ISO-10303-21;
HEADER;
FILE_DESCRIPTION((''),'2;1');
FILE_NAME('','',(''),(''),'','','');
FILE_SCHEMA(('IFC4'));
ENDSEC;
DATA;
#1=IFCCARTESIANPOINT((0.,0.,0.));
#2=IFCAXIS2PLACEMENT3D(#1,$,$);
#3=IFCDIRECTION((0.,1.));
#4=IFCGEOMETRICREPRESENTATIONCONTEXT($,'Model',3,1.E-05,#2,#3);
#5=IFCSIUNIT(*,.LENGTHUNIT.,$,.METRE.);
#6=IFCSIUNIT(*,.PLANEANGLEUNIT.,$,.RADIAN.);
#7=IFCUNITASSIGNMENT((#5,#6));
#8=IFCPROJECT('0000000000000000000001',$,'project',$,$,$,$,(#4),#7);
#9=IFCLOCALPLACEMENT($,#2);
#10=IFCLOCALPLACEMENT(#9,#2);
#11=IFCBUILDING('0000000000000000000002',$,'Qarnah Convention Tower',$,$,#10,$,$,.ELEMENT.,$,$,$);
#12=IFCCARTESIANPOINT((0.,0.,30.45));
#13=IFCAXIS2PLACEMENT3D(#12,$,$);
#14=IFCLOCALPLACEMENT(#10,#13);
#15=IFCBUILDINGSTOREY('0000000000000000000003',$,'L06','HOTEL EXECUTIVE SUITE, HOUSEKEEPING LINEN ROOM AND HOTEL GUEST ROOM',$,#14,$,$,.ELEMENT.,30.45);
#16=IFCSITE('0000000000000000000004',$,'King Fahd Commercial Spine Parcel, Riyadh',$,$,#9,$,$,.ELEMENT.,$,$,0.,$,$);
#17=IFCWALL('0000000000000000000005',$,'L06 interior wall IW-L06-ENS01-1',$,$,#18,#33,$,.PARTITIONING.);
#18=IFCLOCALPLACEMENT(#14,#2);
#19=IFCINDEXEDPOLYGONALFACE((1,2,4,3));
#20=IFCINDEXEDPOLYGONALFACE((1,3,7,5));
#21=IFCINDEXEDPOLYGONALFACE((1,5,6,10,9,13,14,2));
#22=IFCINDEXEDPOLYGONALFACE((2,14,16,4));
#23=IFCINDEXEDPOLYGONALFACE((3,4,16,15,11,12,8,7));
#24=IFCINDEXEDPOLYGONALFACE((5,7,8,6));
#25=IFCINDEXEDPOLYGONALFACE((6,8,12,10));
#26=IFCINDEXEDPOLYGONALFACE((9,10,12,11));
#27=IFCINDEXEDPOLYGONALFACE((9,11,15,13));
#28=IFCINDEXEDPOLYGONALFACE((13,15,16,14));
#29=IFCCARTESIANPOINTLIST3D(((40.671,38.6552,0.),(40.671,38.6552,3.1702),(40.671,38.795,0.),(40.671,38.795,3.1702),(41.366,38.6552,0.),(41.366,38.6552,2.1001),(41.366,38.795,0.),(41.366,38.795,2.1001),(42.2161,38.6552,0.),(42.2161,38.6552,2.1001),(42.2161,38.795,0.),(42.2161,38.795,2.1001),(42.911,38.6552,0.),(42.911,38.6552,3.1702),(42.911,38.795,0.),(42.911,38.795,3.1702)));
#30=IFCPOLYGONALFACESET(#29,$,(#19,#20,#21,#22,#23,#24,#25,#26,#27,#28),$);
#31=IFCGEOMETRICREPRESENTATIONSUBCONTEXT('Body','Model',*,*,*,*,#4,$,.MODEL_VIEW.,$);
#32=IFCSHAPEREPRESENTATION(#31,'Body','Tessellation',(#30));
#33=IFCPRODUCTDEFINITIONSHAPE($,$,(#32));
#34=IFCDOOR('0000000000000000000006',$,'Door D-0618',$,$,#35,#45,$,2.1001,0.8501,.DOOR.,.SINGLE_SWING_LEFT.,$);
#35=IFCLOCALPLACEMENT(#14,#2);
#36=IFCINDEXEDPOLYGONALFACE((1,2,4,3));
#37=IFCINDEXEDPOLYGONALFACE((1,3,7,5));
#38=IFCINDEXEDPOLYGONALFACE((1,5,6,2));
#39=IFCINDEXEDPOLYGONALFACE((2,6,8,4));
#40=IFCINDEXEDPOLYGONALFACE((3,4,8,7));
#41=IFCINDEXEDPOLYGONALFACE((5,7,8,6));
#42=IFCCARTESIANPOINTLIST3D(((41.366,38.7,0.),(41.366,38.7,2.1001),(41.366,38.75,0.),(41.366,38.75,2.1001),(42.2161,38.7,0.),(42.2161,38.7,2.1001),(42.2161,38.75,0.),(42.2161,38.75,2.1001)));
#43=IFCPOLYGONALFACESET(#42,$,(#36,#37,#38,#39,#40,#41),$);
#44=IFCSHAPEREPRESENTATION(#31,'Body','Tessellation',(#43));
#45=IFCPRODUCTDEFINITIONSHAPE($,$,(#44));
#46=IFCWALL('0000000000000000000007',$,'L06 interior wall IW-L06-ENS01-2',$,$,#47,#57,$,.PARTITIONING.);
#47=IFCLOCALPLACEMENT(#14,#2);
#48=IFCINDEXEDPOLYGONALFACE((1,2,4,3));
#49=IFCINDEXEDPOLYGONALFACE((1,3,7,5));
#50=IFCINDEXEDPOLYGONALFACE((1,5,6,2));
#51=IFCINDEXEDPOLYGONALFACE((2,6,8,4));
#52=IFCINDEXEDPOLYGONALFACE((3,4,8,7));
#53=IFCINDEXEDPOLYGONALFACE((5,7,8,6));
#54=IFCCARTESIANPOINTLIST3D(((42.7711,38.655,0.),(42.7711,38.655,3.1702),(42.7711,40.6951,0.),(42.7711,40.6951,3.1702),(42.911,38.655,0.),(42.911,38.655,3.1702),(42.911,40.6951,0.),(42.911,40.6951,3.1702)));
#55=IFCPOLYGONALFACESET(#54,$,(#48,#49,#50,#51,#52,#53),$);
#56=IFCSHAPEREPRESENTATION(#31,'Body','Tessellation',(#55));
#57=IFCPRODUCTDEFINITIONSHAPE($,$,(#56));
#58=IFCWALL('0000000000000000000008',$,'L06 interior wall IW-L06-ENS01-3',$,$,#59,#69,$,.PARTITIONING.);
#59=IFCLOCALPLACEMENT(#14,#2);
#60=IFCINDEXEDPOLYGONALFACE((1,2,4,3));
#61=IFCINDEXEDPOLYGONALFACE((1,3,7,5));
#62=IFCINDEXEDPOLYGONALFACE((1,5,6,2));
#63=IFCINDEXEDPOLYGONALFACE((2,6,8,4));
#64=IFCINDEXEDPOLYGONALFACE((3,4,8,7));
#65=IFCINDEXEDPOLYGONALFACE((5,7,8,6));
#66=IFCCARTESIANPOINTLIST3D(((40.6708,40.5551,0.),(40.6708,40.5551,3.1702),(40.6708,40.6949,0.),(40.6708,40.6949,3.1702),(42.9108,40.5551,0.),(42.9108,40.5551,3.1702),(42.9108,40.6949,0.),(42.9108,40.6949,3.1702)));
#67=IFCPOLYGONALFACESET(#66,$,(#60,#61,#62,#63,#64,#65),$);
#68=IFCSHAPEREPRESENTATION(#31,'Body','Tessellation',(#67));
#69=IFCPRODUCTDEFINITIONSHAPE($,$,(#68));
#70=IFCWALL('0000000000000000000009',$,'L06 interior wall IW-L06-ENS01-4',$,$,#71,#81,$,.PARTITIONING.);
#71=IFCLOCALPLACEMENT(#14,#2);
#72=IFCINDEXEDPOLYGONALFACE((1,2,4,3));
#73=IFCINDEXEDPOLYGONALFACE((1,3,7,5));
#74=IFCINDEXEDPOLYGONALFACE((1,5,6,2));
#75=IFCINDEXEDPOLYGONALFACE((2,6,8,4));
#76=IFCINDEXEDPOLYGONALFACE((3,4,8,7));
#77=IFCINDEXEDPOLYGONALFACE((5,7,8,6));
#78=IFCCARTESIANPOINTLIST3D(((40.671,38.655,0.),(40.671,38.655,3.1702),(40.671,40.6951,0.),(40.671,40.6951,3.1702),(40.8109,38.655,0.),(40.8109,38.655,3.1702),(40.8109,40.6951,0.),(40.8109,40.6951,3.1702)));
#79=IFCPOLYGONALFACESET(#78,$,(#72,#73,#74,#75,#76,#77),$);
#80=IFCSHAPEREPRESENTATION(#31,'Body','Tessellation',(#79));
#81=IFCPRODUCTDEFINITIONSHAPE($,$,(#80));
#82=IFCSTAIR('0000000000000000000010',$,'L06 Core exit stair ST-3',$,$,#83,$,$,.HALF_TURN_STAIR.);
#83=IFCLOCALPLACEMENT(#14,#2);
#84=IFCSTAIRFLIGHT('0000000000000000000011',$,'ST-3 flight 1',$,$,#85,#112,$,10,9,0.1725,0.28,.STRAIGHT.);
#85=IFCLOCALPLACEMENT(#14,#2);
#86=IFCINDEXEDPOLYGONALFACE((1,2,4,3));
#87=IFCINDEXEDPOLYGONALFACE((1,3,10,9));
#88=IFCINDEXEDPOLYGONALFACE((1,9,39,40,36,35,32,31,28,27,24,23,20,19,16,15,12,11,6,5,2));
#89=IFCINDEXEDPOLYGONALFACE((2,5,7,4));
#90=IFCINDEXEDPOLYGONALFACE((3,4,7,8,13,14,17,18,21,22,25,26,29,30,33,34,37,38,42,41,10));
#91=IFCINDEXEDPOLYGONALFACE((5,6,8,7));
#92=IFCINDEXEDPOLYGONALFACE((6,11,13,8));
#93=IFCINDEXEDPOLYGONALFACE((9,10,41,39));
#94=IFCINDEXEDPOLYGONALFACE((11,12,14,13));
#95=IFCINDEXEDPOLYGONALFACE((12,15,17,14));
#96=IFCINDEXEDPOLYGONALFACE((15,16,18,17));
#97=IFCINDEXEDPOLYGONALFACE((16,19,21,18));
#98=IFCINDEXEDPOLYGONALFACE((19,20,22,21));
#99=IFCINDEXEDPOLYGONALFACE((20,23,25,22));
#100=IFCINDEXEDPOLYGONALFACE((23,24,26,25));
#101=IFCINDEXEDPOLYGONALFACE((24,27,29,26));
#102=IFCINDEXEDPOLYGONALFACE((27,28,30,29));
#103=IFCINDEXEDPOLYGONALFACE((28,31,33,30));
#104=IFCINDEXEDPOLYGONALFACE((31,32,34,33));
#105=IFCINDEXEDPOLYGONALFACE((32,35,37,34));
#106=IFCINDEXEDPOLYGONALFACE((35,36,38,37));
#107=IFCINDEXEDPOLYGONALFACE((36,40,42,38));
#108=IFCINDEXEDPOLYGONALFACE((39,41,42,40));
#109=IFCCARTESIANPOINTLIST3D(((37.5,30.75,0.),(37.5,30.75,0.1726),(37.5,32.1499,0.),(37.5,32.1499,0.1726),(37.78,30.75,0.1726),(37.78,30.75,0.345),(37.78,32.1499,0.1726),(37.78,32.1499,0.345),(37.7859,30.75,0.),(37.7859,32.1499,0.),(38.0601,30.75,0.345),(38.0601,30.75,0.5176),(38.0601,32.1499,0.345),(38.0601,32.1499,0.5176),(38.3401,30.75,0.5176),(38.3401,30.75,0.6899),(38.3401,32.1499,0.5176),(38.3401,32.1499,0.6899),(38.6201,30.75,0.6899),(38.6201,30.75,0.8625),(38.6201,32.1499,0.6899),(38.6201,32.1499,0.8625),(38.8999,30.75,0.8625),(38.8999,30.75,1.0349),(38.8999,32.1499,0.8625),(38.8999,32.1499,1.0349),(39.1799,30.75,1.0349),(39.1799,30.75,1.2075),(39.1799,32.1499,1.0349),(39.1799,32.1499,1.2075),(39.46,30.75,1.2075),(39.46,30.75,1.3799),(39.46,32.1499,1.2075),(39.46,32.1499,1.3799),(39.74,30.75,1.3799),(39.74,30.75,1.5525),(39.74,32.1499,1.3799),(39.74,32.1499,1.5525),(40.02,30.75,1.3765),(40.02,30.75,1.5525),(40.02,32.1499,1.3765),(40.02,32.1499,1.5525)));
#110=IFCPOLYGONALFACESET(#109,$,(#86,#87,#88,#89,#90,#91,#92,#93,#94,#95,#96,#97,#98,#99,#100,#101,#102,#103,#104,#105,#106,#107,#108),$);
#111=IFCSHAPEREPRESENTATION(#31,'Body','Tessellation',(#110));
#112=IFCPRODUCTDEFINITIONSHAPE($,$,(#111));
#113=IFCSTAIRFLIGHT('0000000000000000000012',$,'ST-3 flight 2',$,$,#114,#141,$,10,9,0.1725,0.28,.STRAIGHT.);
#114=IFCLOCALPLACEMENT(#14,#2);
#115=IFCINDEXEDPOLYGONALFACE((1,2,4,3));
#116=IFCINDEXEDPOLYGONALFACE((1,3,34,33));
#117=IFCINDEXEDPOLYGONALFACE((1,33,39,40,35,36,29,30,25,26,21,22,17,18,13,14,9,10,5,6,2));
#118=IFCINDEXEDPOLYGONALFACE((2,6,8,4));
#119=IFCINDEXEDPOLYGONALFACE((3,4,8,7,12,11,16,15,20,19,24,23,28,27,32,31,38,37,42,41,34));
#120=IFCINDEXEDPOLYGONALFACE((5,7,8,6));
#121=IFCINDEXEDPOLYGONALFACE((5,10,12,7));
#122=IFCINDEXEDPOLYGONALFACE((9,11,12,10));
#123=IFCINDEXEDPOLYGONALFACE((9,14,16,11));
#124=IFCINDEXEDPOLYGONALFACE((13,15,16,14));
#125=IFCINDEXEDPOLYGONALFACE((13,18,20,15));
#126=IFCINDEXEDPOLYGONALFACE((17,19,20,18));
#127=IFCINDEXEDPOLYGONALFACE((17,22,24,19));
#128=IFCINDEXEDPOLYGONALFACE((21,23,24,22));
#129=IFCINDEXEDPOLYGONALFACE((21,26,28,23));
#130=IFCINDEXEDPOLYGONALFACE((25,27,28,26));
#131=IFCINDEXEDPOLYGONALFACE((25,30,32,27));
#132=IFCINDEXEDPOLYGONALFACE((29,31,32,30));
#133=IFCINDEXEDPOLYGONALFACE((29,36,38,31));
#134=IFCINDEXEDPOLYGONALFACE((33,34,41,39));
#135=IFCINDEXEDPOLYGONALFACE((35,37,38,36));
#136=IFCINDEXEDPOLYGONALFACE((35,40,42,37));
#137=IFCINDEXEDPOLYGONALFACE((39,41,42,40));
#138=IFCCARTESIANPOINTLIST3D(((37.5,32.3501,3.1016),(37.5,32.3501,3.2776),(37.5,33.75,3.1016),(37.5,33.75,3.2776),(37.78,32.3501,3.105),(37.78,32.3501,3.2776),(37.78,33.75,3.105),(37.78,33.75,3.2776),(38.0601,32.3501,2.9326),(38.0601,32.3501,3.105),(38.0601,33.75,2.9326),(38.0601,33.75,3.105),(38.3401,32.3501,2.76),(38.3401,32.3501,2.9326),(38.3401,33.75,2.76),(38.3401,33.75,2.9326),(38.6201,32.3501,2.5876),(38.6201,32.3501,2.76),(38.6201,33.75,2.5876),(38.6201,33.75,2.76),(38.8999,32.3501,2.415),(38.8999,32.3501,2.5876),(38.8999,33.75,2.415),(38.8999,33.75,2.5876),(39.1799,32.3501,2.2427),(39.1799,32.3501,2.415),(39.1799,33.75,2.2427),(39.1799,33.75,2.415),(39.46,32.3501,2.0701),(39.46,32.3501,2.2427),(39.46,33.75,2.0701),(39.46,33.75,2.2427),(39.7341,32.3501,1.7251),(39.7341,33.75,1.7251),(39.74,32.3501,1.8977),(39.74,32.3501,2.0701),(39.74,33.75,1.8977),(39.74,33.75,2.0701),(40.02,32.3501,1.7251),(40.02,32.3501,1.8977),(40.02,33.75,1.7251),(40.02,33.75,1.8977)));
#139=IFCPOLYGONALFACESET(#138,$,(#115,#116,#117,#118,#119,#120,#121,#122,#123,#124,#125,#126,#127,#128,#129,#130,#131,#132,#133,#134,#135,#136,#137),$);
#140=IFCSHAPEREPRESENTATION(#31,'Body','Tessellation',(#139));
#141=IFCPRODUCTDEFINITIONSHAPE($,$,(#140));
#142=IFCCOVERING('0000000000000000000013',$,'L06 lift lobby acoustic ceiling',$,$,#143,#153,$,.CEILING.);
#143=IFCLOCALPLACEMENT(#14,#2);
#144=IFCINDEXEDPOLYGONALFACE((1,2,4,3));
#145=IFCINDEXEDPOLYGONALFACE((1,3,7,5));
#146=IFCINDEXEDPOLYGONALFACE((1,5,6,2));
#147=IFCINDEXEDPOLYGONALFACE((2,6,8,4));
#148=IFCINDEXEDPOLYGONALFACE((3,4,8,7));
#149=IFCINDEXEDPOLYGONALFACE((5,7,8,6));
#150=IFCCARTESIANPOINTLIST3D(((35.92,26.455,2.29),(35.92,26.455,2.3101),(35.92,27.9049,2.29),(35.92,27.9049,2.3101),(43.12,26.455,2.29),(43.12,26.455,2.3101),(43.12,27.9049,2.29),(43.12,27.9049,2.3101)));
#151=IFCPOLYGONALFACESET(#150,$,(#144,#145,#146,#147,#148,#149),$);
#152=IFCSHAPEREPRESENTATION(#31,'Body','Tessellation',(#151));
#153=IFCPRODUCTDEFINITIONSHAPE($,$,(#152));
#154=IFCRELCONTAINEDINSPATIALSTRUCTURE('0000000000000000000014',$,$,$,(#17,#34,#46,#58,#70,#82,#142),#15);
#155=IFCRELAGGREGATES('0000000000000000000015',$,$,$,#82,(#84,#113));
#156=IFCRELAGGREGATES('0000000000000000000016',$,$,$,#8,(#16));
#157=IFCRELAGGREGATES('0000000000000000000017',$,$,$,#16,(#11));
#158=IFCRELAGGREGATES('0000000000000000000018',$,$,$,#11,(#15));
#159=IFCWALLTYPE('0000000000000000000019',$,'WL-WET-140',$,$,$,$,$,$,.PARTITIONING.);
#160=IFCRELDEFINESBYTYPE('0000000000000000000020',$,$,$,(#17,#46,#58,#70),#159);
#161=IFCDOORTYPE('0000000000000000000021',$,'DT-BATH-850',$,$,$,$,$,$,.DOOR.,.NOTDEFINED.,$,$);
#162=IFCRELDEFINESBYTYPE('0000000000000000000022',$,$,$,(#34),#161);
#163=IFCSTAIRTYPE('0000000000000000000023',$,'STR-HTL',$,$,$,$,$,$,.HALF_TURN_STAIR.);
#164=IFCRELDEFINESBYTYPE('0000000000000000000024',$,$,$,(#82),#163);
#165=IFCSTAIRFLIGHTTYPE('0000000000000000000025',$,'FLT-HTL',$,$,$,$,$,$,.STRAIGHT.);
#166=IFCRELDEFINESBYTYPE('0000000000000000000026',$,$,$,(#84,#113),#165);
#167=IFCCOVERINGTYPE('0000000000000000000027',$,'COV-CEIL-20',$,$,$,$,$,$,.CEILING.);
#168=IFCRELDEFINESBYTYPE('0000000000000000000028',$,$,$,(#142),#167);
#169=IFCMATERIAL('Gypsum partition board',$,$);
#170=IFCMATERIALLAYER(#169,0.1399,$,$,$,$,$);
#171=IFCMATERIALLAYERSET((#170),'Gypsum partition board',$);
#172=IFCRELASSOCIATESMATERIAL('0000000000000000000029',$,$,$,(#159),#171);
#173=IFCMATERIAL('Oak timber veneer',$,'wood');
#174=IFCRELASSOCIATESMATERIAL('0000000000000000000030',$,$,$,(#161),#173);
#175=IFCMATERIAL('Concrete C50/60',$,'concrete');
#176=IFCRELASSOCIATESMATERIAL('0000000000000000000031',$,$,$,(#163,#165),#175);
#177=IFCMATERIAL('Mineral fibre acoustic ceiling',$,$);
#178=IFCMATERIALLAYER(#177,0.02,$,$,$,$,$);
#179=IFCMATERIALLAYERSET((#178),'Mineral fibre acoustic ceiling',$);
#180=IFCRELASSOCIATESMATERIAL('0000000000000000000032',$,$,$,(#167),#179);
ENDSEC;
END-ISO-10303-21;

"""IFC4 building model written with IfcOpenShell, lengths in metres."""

from ifc_helpers import new_model, si_unit, direction, frame, frame_2d, origin, origin_2d, place, context, subcontext, project, spatial, polyline, rectangle, outline, extrude, material, layer, layer_set, type_object, element, fill, aggregate, save


model = new_model("IFC4")

# Units and contexts
model_context = context("Model", 3, precision=1e-05, world=origin(), true_north=direction((0.0, 1.0)))
body_context = subcontext(model_context, "Body", "Model", "MODEL_VIEW")
ifc_project = project(units=[si_unit("LENGTHUNIT", "METRE"), si_unit("PLANEANGLEUNIT", "RADIAN")], contexts=[model_context])

# Site, building, storey
site_placement = place(None, origin())
site = spatial("IfcSite", under=ifc_project, at=site_placement, Name="King Fahd Commercial Spine Parcel, Riyadh", CompositionType="ELEMENT", RefElevation=0.0)
building_placement = place(site_placement, origin())
building = spatial("IfcBuilding", under=site, at=building_placement, Name="Qarnah Convention Tower", CompositionType="ELEMENT")
storey_placement = place(building_placement, frame((0.0, 0.0, 30.45)))
storey = spatial("IfcBuildingStorey", under=building, at=storey_placement, Name="L06", Description="HOTEL EXECUTIVE SUITE, HOUSEKEEPING LINEN ROOM AND HOTEL GUEST ROOM", CompositionType="ELEMENT", Elevation=30.45)

# Shared definitions
ifc_material_1 = material(Name="Gypsum partition board")

# Wall, opening, door
ifc_material_2 = material(Name="Oak timber veneer", Category="wood")
ifc_layer_1 = layer(ifc_material_1, 0.1399)
ifc_layer_set_1 = layer_set([ifc_layer_1], Name="Gypsum partition board")
wall_type_1 = type_object("IfcWallType", Name="WL-WET-140", PredefinedType="PARTITIONING", material=ifc_layer_set_1)
wall_1_placement = place(storey_placement, frame((40.6709, 38.7251, 0.0), z_axis=(0.0, 0.0, 1.0), x_axis=(1.0, 0.0, 0.0)))
wall_1 = element("IfcWall", 1, at=wall_1_placement, inside=storey, type_object=wall_type_1, Name="L06 interior wall IW-L06-ENS01-1", PredefinedType="PARTITIONING", context=body_context, shape_type="SweptSolid", body=[
    extrude(rectangle(XDim=2.24, YDim=0.1399, at=frame_2d((1.1201, 0.0))), origin(), (0.0, 0.0, 1.0), 3.1702),
])
opening_1_placement = place(wall_1_placement, frame((0.6951, 0.0, 0.0)))
opening_1 = element("IfcOpeningElement", 2, at=opening_1_placement, cuts=wall_1, PredefinedType="OPENING", context=body_context, shape_type="SweptSolid", body=[
    extrude(rectangle(XDim=0.8501, YDim=2.1001, at=frame_2d((0.425, 1.05))), frame((0.0, 0.0798, 0.0), z_axis=(0.0, -1.0, 0.0), x_axis=(1.0, 0.0, 0.0)), (0.0, 0.0, 1.0), 0.1599),
])
door_type_1 = type_object("IfcDoorType", Name="DT-BATH-850", OperationType="NOTDEFINED", PredefinedType="DOOR", material=ifc_material_2)
door_1_placement = place(opening_1_placement, origin())
door_1 = element("IfcDoor", 3, at=door_1_placement, inside=storey, type_object=door_type_1, Name="Door D-0618", OperationType="SINGLE_SWING_LEFT", OverallHeight=2.1001, OverallWidth=0.8501, PredefinedType="DOOR", context=body_context, shape_type="SweptSolid", body=[
    extrude(rectangle(XDim=0.8501, YDim=2.1001, at=frame_2d((0.425, 1.05))), frame((0.0, 0.0249, 0.0), z_axis=(0.0, -1.0, 0.0), x_axis=(1.0, 0.0, 0.0)), (0.0, 0.0, 1.0), 0.05),
])
fill(opening_1, door_1)

# Walls
wall_2_placement = place(storey_placement, frame((42.8411, 38.655, 0.0), z_axis=(0.0, 0.0, 1.0), x_axis=(0.0, 1.0, 0.0)))
element("IfcWall", 4, at=wall_2_placement, inside=storey, type_object=wall_type_1, Name="L06 interior wall IW-L06-ENS01-2", PredefinedType="PARTITIONING", context=body_context, shape_type="SweptSolid", body=[
    extrude(rectangle(XDim=2.04, YDim=0.1399, at=frame_2d((1.02, 0.0))), origin(), (0.0, 0.0, 1.0), 3.1702),
])
wall_3_placement = place(storey_placement, frame((42.9109, 40.625, 0.0), z_axis=(0.0, 0.0, 1.0), x_axis=(-1.0, 0.0, 0.0)))
element("IfcWall", 5, at=wall_3_placement, inside=storey, type_object=wall_type_1, Name="L06 interior wall IW-L06-ENS01-3", PredefinedType="PARTITIONING", context=body_context, shape_type="SweptSolid", body=[
    extrude(rectangle(XDim=2.24, YDim=0.1399, at=frame_2d((1.1201, 0.0))), origin(), (0.0, 0.0, 1.0), 3.1702),
])
wall_4_placement = place(storey_placement, frame((40.741, 40.6951, 0.0), z_axis=(0.0, 0.0, 1.0), x_axis=(0.0, -1.0, 0.0)))
element("IfcWall", 6, at=wall_4_placement, inside=storey, type_object=wall_type_1, Name="L06 interior wall IW-L06-ENS01-4", PredefinedType="PARTITIONING", context=body_context, shape_type="SweptSolid", body=[
    extrude(rectangle(XDim=2.04, YDim=0.1399, at=frame_2d((1.02, 0.0))), origin(), (0.0, 0.0, 1.0), 3.1702),
])

# Stair, stair flights
ifc_material_3 = material(Name="Concrete C50/60", Category="concrete")
stair_type = type_object("IfcStairType", Name="STR-HTL", PredefinedType="HALF_TURN_STAIR", material=ifc_material_3)
stair_placement = place(storey_placement, origin())
stair = element("IfcStair", 7, at=stair_placement, inside=storey, type_object=stair_type, Name="L06 Core exit stair ST-3", PredefinedType="HALF_TURN_STAIR")
stair_flight_type = type_object("IfcStairFlightType", Name="FLT-HTL", PredefinedType="STRAIGHT", material=ifc_material_3)
stair_flight_1_placement = place(storey_placement, frame((37.5, 31.45, 0.0), z_axis=(0.0, 0.0, 1.0), x_axis=(1.0, 0.0, 0.0)))
stair_flight_1 = element("IfcStairFlight", 8, at=stair_flight_1_placement, type_object=stair_flight_type, Name="ST-3 flight 1", NumberOfRisers=10, NumberOfTreads=9, PredefinedType="STRAIGHT", RiserHeight=0.1725, TreadLength=0.28, context=body_context, shape_type="SweptSolid", body=[
    extrude(outline(polyline([(0.0, 0.0), (0.0, 0.1726), (0.28, 0.1726), (0.28, 0.345), (0.5601, 0.345), (0.5601, 0.5176), (0.8401, 0.5176), (0.8401, 0.6899), (1.1201, 0.6899), (1.1201, 0.8625), (1.3999, 0.8625), (1.3999, 1.0349), (1.6799, 1.0349), (1.6799, 1.2075), (1.96, 1.2075), (1.96, 1.3799), (2.24, 1.3799), (2.24, 1.5525), (2.52, 1.5525), (2.52, 1.7251), (2.52, 1.3765), (0.2859, 0.0), (0.0, 0.0)])), frame((0.0, 0.7, 0.0), z_axis=(0.0, -1.0, 0.0), x_axis=(1.0, 0.0, 0.0)), (0.0, 0.0, 1.0), 1.3999),
])
stair_flight_2_placement = place(storey_placement, frame((40.02, 33.05, 1.7251), z_axis=(0.0, 0.0, 1.0), x_axis=(-1.0, 0.0, 0.0)))
stair_flight_2 = element("IfcStairFlight", 9, at=stair_flight_2_placement, type_object=stair_flight_type, Name="ST-3 flight 2", NumberOfRisers=10, NumberOfTreads=9, PredefinedType="STRAIGHT", RiserHeight=0.1725, TreadLength=0.28, context=body_context, shape_type="SweptSolid", body=[
    extrude(outline(polyline([(0.0, 0.0), (0.0, 0.1726), (0.28, 0.1726), (0.28, 0.345), (0.5601, 0.345), (0.5601, 0.5176), (0.8401, 0.5176), (0.8401, 0.6899), (1.1201, 0.6899), (1.1201, 0.8625), (1.3999, 0.8625), (1.3999, 1.0349), (1.6799, 1.0349), (1.6799, 1.2075), (1.96, 1.2075), (1.96, 1.3799), (2.24, 1.3799), (2.24, 1.5525), (2.52, 1.5525), (2.52, 1.7251), (2.52, 1.3765), (0.2859, 0.0), (0.0, 0.0)])), frame((0.0, 0.7, 0.0), z_axis=(0.0, -1.0, 0.0), x_axis=(1.0, 0.0, 0.0)), (0.0, 0.0, 1.0), 1.3999),
])
aggregate(stair, [stair_flight_1, stair_flight_2])

# Covering
ifc_material_4 = material(Name="Mineral fibre acoustic ceiling")
ifc_layer_2 = layer(ifc_material_4, 0.02)
ifc_layer_set_2 = layer_set([ifc_layer_2], Name="Mineral fibre acoustic ceiling")
covering_type = type_object("IfcCoveringType", Name="COV-CEIL-20", PredefinedType="CEILING", material=ifc_layer_set_2)
covering_placement = place(storey_placement, frame((39.52, 27.1799, 2.29), z_axis=(0.0, 0.0, 1.0), x_axis=(1.0, 0.0, 0.0)))
element("IfcCovering", 10, at=covering_placement, inside=storey, type_object=covering_type, Name="L06 lift lobby acoustic ceiling", PredefinedType="CEILING", context=body_context, shape_type="SweptSolid", body=[
    extrude(rectangle(XDim=7.2, YDim=1.45, at=origin_2d()), origin(), (0.0, 0.0, 1.0), 0.02),
])

save(model, "model.ifc")
